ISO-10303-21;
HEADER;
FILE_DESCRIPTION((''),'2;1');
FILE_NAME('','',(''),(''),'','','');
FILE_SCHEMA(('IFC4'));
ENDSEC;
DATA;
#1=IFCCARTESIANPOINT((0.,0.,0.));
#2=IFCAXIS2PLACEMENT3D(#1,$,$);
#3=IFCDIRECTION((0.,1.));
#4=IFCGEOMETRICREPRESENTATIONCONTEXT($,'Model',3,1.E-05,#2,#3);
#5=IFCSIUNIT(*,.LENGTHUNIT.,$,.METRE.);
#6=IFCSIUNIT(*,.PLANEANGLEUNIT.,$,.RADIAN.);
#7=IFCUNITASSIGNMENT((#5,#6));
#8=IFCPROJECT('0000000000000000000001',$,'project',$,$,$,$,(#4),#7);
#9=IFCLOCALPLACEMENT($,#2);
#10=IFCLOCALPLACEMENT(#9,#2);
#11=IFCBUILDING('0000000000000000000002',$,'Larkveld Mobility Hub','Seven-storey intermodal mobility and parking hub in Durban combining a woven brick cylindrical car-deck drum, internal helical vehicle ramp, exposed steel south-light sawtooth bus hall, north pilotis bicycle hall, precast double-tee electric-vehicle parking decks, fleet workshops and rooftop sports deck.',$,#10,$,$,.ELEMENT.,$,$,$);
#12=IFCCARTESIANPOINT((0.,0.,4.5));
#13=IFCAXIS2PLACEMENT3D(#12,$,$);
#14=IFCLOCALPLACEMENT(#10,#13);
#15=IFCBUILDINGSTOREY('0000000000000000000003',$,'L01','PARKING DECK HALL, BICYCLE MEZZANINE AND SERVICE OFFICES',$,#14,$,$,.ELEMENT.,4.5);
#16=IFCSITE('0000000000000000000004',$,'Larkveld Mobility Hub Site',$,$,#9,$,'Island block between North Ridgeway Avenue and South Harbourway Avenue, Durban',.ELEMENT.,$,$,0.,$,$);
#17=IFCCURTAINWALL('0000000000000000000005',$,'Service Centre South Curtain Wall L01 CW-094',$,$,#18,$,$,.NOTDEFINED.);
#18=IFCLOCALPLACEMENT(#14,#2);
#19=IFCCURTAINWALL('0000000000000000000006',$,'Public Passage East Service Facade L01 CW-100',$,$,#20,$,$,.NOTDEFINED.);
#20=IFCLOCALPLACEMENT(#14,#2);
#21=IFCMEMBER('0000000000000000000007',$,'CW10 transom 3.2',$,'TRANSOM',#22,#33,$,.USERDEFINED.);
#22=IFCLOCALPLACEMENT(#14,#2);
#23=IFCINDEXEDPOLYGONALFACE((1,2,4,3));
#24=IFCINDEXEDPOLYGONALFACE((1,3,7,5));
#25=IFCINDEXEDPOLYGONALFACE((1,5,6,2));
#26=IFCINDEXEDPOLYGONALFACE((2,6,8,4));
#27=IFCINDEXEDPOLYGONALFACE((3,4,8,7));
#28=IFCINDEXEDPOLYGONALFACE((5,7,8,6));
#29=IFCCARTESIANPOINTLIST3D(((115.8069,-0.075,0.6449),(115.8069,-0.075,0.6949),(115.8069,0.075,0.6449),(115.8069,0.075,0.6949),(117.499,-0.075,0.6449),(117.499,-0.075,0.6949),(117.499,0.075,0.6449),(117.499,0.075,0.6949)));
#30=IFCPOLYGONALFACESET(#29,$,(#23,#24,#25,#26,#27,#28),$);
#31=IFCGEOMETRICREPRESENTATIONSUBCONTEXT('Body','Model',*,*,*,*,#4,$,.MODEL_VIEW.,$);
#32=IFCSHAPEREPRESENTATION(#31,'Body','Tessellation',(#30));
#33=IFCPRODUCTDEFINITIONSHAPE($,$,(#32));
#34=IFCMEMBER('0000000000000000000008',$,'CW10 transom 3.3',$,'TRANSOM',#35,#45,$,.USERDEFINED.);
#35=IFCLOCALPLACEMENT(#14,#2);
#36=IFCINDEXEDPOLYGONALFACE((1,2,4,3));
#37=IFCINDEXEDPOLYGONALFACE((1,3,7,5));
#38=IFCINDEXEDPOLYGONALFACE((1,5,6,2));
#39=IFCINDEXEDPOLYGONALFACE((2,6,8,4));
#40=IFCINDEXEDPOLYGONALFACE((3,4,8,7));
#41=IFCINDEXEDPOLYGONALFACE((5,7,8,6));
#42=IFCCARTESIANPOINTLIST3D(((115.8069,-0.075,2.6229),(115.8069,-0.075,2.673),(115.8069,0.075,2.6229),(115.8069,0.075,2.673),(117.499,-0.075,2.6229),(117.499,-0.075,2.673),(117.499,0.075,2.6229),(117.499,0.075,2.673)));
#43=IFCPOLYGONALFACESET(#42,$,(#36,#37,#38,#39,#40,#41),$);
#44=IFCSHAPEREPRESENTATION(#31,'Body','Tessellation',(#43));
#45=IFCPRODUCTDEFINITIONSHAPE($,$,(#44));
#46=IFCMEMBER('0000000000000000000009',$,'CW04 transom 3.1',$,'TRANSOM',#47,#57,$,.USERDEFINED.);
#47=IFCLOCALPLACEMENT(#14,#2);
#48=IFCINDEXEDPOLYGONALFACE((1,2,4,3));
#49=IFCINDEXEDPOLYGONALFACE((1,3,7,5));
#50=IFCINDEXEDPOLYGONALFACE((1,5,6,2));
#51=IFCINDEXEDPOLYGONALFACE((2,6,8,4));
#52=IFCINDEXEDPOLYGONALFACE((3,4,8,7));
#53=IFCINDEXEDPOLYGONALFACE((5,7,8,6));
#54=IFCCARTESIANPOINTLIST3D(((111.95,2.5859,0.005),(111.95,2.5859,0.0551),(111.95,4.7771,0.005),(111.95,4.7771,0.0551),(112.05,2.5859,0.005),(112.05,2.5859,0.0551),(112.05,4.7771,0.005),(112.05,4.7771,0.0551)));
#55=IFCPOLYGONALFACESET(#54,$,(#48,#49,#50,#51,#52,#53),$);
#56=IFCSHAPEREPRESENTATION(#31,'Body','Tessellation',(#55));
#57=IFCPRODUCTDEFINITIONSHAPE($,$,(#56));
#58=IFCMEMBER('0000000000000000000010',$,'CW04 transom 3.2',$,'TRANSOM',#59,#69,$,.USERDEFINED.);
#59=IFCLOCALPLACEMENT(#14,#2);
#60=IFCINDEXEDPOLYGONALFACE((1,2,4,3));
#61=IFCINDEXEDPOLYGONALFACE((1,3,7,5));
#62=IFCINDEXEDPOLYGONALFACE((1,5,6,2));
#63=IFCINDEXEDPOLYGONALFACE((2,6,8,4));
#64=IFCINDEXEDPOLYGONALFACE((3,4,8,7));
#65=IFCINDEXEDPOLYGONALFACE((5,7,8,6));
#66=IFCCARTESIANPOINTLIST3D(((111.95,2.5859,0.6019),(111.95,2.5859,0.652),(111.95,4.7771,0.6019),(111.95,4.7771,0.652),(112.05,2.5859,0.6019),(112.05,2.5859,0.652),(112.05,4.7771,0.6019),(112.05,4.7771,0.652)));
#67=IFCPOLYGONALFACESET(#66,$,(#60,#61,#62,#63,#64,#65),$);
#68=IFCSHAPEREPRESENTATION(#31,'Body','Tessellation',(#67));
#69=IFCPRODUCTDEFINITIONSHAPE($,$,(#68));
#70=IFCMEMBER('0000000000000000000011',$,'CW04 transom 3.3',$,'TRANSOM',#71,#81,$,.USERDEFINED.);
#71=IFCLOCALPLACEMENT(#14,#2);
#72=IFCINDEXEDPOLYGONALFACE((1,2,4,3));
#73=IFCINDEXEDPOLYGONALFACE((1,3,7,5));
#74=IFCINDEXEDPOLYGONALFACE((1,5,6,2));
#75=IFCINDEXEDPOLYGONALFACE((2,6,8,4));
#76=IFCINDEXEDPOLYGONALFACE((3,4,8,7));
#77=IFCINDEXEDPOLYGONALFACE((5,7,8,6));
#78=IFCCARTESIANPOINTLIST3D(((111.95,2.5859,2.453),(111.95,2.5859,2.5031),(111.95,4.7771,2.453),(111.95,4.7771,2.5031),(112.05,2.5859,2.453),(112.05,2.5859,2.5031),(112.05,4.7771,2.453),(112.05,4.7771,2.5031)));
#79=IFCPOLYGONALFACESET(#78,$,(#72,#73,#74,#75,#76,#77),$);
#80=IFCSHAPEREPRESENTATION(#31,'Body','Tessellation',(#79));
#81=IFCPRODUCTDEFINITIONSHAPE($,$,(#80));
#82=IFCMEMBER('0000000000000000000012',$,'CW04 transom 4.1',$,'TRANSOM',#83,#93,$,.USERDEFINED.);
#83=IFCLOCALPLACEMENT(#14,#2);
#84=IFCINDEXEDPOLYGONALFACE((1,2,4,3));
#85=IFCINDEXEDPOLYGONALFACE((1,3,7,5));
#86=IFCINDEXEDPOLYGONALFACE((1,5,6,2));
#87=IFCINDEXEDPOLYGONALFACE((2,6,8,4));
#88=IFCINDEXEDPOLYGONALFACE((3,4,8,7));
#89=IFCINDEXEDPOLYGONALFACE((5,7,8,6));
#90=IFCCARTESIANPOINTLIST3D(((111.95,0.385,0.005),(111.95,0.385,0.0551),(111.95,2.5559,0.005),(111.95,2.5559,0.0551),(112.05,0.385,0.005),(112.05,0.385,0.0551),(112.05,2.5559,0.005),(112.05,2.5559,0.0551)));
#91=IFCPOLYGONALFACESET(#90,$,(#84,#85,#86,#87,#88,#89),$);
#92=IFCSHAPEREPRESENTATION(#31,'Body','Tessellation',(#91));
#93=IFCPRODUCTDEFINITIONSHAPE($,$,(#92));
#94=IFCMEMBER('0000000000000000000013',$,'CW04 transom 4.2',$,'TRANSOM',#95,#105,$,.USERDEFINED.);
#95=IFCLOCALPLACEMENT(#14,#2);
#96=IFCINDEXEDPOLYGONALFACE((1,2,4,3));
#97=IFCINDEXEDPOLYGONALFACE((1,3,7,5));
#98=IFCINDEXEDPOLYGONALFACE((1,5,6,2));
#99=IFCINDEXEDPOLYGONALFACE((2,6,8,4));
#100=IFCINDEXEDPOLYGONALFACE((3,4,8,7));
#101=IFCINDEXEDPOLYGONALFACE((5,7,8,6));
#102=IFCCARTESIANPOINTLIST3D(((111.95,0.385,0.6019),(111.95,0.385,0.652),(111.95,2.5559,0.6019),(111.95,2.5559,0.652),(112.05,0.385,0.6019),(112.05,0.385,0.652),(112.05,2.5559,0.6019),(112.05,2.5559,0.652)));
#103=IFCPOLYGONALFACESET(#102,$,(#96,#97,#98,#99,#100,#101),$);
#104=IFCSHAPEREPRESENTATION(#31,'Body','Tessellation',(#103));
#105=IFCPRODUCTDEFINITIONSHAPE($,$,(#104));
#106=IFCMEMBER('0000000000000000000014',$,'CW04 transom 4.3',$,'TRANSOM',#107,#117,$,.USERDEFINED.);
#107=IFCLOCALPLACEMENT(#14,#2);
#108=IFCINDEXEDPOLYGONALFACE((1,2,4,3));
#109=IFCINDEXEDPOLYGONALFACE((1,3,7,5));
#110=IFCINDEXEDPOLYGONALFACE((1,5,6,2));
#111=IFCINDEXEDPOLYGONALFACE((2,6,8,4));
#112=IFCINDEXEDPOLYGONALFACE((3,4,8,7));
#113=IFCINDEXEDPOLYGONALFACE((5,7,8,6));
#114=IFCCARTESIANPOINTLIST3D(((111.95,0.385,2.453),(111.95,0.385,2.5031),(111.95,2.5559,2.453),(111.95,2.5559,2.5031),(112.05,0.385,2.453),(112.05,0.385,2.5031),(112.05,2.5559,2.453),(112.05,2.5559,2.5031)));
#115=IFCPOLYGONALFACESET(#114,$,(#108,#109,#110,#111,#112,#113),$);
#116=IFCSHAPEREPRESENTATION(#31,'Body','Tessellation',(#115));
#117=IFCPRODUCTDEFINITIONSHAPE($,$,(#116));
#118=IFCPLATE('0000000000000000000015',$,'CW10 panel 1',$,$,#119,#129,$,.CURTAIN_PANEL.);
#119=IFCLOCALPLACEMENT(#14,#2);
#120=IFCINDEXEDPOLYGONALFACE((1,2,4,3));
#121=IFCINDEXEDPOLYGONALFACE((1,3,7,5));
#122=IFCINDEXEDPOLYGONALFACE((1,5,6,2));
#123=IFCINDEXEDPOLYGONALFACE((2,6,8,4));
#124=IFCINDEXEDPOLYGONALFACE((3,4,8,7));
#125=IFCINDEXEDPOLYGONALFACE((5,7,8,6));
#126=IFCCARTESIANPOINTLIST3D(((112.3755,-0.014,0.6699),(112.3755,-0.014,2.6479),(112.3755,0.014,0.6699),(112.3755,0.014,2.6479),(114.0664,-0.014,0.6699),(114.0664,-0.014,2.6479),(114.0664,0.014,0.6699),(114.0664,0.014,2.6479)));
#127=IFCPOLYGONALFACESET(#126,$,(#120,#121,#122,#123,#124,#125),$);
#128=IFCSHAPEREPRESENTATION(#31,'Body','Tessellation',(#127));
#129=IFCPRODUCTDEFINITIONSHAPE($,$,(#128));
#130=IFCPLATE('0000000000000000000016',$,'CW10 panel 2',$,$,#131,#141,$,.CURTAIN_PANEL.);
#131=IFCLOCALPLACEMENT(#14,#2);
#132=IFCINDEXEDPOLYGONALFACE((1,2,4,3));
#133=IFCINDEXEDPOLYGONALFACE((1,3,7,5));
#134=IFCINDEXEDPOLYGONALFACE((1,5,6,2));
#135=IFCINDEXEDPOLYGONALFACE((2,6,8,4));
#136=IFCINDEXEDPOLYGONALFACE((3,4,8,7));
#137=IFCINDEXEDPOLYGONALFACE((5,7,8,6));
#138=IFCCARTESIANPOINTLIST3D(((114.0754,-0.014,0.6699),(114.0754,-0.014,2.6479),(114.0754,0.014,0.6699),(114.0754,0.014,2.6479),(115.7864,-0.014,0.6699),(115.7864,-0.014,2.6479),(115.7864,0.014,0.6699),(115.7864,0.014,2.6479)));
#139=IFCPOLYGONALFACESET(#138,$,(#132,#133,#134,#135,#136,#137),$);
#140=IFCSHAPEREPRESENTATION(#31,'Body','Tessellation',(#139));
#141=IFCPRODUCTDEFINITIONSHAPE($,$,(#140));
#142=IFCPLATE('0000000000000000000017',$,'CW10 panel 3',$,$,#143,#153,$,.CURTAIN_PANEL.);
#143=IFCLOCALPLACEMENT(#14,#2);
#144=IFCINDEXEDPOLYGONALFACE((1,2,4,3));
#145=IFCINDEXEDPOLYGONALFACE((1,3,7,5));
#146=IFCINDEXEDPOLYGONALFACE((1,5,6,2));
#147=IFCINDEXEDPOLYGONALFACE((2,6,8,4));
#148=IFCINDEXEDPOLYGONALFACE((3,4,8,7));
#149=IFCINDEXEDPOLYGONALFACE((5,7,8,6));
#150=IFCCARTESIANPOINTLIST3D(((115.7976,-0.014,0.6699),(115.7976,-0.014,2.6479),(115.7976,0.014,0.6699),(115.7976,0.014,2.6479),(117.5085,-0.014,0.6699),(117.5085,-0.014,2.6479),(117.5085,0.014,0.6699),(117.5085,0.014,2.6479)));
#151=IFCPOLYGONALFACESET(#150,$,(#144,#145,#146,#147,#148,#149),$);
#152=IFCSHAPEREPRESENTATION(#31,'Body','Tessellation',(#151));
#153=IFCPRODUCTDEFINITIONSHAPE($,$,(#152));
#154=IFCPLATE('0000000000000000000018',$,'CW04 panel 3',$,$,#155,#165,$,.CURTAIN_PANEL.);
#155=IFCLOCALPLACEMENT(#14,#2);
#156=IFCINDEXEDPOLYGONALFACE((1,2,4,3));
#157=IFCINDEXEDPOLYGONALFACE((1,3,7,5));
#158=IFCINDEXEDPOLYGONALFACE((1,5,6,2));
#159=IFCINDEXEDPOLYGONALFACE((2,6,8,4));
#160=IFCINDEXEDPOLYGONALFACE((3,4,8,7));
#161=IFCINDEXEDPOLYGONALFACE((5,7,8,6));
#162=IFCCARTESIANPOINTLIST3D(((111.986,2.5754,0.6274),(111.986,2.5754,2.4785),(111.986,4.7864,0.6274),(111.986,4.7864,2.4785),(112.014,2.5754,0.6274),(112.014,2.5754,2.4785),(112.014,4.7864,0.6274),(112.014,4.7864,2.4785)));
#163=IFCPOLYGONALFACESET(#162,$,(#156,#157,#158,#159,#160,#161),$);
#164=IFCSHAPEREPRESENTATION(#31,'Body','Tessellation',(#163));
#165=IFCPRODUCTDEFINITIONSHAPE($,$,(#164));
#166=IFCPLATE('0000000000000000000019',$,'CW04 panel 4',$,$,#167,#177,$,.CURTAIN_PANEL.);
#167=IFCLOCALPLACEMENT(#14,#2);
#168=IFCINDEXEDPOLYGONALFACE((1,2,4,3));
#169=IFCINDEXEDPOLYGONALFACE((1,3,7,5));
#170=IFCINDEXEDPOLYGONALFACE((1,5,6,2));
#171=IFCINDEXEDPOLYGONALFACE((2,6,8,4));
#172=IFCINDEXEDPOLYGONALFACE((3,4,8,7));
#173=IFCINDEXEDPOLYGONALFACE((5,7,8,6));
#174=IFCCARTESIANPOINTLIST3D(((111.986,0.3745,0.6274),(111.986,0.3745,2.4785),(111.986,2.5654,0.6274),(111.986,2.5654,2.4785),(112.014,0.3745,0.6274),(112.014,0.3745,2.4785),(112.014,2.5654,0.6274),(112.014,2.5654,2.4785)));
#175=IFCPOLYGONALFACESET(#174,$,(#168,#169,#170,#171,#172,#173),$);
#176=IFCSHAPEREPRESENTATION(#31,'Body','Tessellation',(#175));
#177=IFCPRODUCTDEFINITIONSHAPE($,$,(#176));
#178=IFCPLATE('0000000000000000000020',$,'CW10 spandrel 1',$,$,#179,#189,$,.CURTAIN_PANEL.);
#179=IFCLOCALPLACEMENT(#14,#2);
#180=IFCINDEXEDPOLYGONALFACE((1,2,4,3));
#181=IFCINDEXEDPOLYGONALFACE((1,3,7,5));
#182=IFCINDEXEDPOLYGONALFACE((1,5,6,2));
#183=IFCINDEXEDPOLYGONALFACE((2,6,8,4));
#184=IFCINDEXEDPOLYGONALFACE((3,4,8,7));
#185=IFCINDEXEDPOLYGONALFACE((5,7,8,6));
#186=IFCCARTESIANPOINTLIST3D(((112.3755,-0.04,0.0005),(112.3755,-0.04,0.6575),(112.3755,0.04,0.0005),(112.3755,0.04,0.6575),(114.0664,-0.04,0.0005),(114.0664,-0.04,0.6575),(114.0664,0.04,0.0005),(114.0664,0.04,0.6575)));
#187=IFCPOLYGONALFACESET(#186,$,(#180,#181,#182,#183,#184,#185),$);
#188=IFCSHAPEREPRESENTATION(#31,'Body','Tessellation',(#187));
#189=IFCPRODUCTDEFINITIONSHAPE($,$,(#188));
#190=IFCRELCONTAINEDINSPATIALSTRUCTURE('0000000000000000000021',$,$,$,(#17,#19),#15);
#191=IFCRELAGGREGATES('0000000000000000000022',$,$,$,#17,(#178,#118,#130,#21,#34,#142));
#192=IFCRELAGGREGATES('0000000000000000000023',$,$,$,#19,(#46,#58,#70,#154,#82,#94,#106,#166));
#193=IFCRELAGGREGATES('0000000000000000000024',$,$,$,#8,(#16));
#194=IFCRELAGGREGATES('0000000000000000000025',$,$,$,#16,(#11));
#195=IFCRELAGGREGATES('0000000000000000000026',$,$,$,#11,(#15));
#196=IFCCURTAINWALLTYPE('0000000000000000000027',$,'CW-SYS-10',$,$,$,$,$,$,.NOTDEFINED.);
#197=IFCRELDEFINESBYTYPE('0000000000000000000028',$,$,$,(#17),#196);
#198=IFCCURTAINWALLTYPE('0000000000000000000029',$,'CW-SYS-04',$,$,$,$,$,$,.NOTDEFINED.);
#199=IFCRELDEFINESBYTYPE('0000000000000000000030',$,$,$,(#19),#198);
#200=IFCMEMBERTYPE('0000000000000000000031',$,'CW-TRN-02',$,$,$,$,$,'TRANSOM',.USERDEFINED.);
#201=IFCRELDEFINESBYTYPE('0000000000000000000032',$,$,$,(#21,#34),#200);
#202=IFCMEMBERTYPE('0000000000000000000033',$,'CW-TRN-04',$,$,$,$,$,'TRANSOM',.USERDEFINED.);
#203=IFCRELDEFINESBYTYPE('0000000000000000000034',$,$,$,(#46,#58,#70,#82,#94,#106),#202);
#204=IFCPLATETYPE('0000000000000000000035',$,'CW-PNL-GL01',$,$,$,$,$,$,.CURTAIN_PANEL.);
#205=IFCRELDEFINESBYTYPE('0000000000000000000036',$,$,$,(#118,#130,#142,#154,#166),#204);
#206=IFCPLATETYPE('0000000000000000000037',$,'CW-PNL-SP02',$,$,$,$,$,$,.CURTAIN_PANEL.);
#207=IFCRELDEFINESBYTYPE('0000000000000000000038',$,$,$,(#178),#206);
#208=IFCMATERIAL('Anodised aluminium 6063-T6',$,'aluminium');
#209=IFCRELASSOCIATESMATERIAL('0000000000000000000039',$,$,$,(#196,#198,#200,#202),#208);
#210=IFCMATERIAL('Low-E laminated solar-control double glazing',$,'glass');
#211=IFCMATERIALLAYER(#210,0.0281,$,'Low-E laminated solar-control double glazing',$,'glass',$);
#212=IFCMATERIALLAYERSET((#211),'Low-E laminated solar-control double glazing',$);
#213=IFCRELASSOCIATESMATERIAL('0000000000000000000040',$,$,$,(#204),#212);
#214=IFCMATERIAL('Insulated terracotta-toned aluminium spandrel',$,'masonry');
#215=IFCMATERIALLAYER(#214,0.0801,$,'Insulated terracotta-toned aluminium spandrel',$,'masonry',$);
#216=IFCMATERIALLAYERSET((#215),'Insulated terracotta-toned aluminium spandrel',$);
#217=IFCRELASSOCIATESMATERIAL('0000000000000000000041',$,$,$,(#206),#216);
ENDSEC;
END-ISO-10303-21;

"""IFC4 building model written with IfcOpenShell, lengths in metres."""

from ifc_helpers import new_model, si_unit, direction, frame, origin, origin_2d, place, context, subcontext, project, spatial, rectangle, extrude, material, layer, layer_set, material_profile, profile_set, type_object, element, aggregate, save


model = new_model("IFC4")

# Units and contexts
model_context = context("Model", 3, precision=1e-05, world=origin(), true_north=direction((0.0, 1.0)))
body_context = subcontext(model_context, "Body", "Model", "MODEL_VIEW")
ifc_project = project(units=[si_unit("LENGTHUNIT", "METRE"), si_unit("PLANEANGLEUNIT", "RADIAN")], contexts=[model_context])

# Site, building, storey
site_placement = place(None, origin())
site = spatial("IfcSite", under=ifc_project, at=site_placement, Name="Larkveld Mobility Hub Site", LongName="Island block between North Ridgeway Avenue and South Harbourway Avenue, Durban", CompositionType="ELEMENT", RefElevation=0.0)
building_placement = place(site_placement, origin())
building = spatial("IfcBuilding", under=site, at=building_placement, Name="Larkveld Mobility Hub", Description="Seven-storey intermodal mobility and parking hub in Durban combining a woven brick cylindrical car-deck drum, internal helical vehicle ramp, exposed steel south-light sawtooth bus hall, north pilotis bicycle hall, precast double-tee electric-vehicle parking decks, fleet workshops and rooftop sports deck.", CompositionType="ELEMENT")
storey_placement = place(building_placement, frame((0.0, 0.0, 4.5)))
storey = spatial("IfcBuildingStorey", under=building, at=storey_placement, Name="L01", Description="PARKING DECK HALL, BICYCLE MEZZANINE AND SERVICE OFFICES", CompositionType="ELEMENT", Elevation=4.5)

# Curtain walls
ifc_material_1 = material(Name="Anodised aluminium 6063-T6", Category="aluminium")
curtain_wall_type_1 = type_object("IfcCurtainWallType", Name="CW-SYS-10", PredefinedType="NOTDEFINED", material=ifc_material_1)
curtain_wall_1_placement = place(storey_placement, origin())
curtain_wall_1 = element("IfcCurtainWall", 1, at=curtain_wall_1_placement, inside=storey, type_object=curtain_wall_type_1, Name="Service Centre South Curtain Wall L01 CW-094", PredefinedType="NOTDEFINED")
curtain_wall_type_2 = type_object("IfcCurtainWallType", Name="CW-SYS-04", PredefinedType="NOTDEFINED", material=ifc_material_1)
curtain_wall_2_placement = place(storey_placement, origin())
curtain_wall_2 = element("IfcCurtainWall", 2, at=curtain_wall_2_placement, inside=storey, type_object=curtain_wall_type_2, Name="Public Passage East Service Facade L01 CW-100", PredefinedType="NOTDEFINED")

# Members
ifc_material_profile_1 = material_profile(ifc_material_1, rectangle(XDim=0.1499, YDim=0.05, at=origin_2d()), Name="ALU TRAN 50x150")
ifc_profile_set_1 = profile_set([ifc_material_profile_1], Name="Anodised aluminium 6063-T6")
member_type_1 = type_object("IfcMemberType", Name="CW-TRN-02", ElementType="TRANSOM", PredefinedType="USERDEFINED", material=ifc_profile_set_1)
member_1_placement = place(storey_placement, frame((115.8069, 0.0, 0.6699), z_axis=(1.0, 0.0, 0.0), x_axis=(0.0, 1.0, 0.0)))
member_1 = element("IfcMember", 3, at=member_1_placement, type_object=member_type_1, Name="CW10 transom 3.2", ObjectType="TRANSOM", PredefinedType="USERDEFINED", context=body_context, shape_type="SweptSolid", body=[
    extrude(rectangle(XDim=0.1499, YDim=0.05, at=origin_2d()), origin(), (0.0, 0.0, 1.0), 1.6921),
])
member_2_placement = place(storey_placement, frame((115.8069, 0.0, 2.6479), z_axis=(1.0, 0.0, 0.0), x_axis=(0.0, 1.0, 0.0)))
member_2 = element("IfcMember", 4, at=member_2_placement, type_object=member_type_1, Name="CW10 transom 3.3", ObjectType="TRANSOM", PredefinedType="USERDEFINED", context=body_context, shape_type="SweptSolid", body=[
    extrude(rectangle(XDim=0.1499, YDim=0.05, at=origin_2d()), origin(), (0.0, 0.0, 1.0), 1.6921),
])
ifc_material_profile_2 = material_profile(ifc_material_1, rectangle(XDim=0.1001, YDim=0.05, at=origin_2d()), Name="ALU TRAN 50x100")
ifc_profile_set_2 = profile_set([ifc_material_profile_2], Name="Anodised aluminium 6063-T6")
member_type_2 = type_object("IfcMemberType", Name="CW-TRN-04", ElementType="TRANSOM", PredefinedType="USERDEFINED", material=ifc_profile_set_2)
member_3_placement = place(storey_placement, frame((112.0, 4.7771, 0.03), z_axis=(0.0, -1.0, 0.0), x_axis=(1.0, 0.0, 0.0)))
member_3 = element("IfcMember", 5, at=member_3_placement, type_object=member_type_2, Name="CW04 transom 3.1", ObjectType="TRANSOM", PredefinedType="USERDEFINED", context=body_context, shape_type="SweptSolid", body=[
    extrude(rectangle(XDim=0.1001, YDim=0.05, at=origin_2d()), origin(), (0.0, 0.0, 1.0), 2.1912),
])
member_4_placement = place(storey_placement, frame((112.0, 4.7771, 0.627), z_axis=(0.0, -1.0, 0.0), x_axis=(1.0, 0.0, 0.0)))
member_4 = element("IfcMember", 6, at=member_4_placement, type_object=member_type_2, Name="CW04 transom 3.2", ObjectType="TRANSOM", PredefinedType="USERDEFINED", context=body_context, shape_type="SweptSolid", body=[
    extrude(rectangle(XDim=0.1001, YDim=0.05, at=origin_2d()), origin(), (0.0, 0.0, 1.0), 2.1912),
])
member_5_placement = place(storey_placement, frame((112.0, 4.7771, 2.478), z_axis=(0.0, -1.0, 0.0), x_axis=(1.0, 0.0, 0.0)))
member_5 = element("IfcMember", 7, at=member_5_placement, type_object=member_type_2, Name="CW04 transom 3.3", ObjectType="TRANSOM", PredefinedType="USERDEFINED", context=body_context, shape_type="SweptSolid", body=[
    extrude(rectangle(XDim=0.1001, YDim=0.05, at=origin_2d()), origin(), (0.0, 0.0, 1.0), 2.1912),
])
member_6_placement = place(storey_placement, frame((112.0, 2.5559, 0.03), z_axis=(0.0, -1.0, 0.0), x_axis=(1.0, 0.0, 0.0)))
member_6 = element("IfcMember", 8, at=member_6_placement, type_object=member_type_2, Name="CW04 transom 4.1", ObjectType="TRANSOM", PredefinedType="USERDEFINED", context=body_context, shape_type="SweptSolid", body=[
    extrude(rectangle(XDim=0.1001, YDim=0.05, at=origin_2d()), origin(), (0.0, 0.0, 1.0), 2.1709),
])
member_7_placement = place(storey_placement, frame((112.0, 2.5559, 0.627), z_axis=(0.0, -1.0, 0.0), x_axis=(1.0, 0.0, 0.0)))
member_7 = element("IfcMember", 9, at=member_7_placement, type_object=member_type_2, Name="CW04 transom 4.2", ObjectType="TRANSOM", PredefinedType="USERDEFINED", context=body_context, shape_type="SweptSolid", body=[
    extrude(rectangle(XDim=0.1001, YDim=0.05, at=origin_2d()), origin(), (0.0, 0.0, 1.0), 2.1709),
])
member_8_placement = place(storey_placement, frame((112.0, 2.5559, 2.478), z_axis=(0.0, -1.0, 0.0), x_axis=(1.0, 0.0, 0.0)))
member_8 = element("IfcMember", 10, at=member_8_placement, type_object=member_type_2, Name="CW04 transom 4.3", ObjectType="TRANSOM", PredefinedType="USERDEFINED", context=body_context, shape_type="SweptSolid", body=[
    extrude(rectangle(XDim=0.1001, YDim=0.05, at=origin_2d()), origin(), (0.0, 0.0, 1.0), 2.1709),
])

# Plates
ifc_material_2 = material(Name="Low-E laminated solar-control double glazing", Category="glass")
ifc_layer_1 = layer(ifc_material_2, 0.0281, Name="Low-E laminated solar-control double glazing", Category="glass")
ifc_layer_set_1 = layer_set([ifc_layer_1], Name="Low-E laminated solar-control double glazing")
plate_type_1 = type_object("IfcPlateType", Name="CW-PNL-GL01", PredefinedType="CURTAIN_PANEL", material=ifc_layer_set_1)
plate_1_placement = place(storey_placement, frame((113.2209, 0.0, 0.6699), z_axis=(0.0, 0.0, 1.0), x_axis=(1.0, 0.0, 0.0)))
plate_1 = element("IfcPlate", 11, at=plate_1_placement, type_object=plate_type_1, Name="CW10 panel 1", PredefinedType="CURTAIN_PANEL", context=body_context, shape_type="SweptSolid", body=[
    extrude(rectangle(XDim=1.6909, YDim=0.0281, at=origin_2d()), origin(), (0.0, 0.0, 1.0), 1.978),
])
plate_2_placement = place(storey_placement, frame((114.9309, 0.0, 0.6699), z_axis=(0.0, 0.0, 1.0), x_axis=(1.0, 0.0, 0.0)))
plate_2 = element("IfcPlate", 12, at=plate_2_placement, type_object=plate_type_1, Name="CW10 panel 2", PredefinedType="CURTAIN_PANEL", context=body_context, shape_type="SweptSolid", body=[
    extrude(rectangle(XDim=1.7109, YDim=0.0281, at=origin_2d()), origin(), (0.0, 0.0, 1.0), 1.978),
])
plate_3_placement = place(storey_placement, frame((116.6531, 0.0, 0.6699), z_axis=(0.0, 0.0, 1.0), x_axis=(1.0, 0.0, 0.0)))
plate_3 = element("IfcPlate", 13, at=plate_3_placement, type_object=plate_type_1, Name="CW10 panel 3", PredefinedType="CURTAIN_PANEL", context=body_context, shape_type="SweptSolid", body=[
    extrude(rectangle(XDim=1.7109, YDim=0.0281, at=origin_2d()), origin(), (0.0, 0.0, 1.0), 1.978),
])
plate_4_placement = place(storey_placement, frame((112.0, 3.6809, 0.6274), z_axis=(0.0, 0.0, 1.0), x_axis=(0.0, -1.0, 0.0)))
plate_4 = element("IfcPlate", 14, at=plate_4_placement, type_object=plate_type_1, Name="CW04 panel 3", PredefinedType="CURTAIN_PANEL", context=body_context, shape_type="SweptSolid", body=[
    extrude(rectangle(XDim=2.2109, YDim=0.0281, at=origin_2d()), origin(), (0.0, 0.0, 1.0), 1.8511),
])
plate_5_placement = place(storey_placement, frame((112.0, 1.47, 0.6274), z_axis=(0.0, 0.0, 1.0), x_axis=(0.0, -1.0, 0.0)))
plate_5 = element("IfcPlate", 15, at=plate_5_placement, type_object=plate_type_1, Name="CW04 panel 4", PredefinedType="CURTAIN_PANEL", context=body_context, shape_type="SweptSolid", body=[
    extrude(rectangle(XDim=2.1909, YDim=0.0281, at=origin_2d()), origin(), (0.0, 0.0, 1.0), 1.8511),
])
ifc_material_3 = material(Name="Insulated terracotta-toned aluminium spandrel", Category="masonry")
ifc_layer_2 = layer(ifc_material_3, 0.0801, Name="Insulated terracotta-toned aluminium spandrel", Category="masonry")
ifc_layer_set_2 = layer_set([ifc_layer_2], Name="Insulated terracotta-toned aluminium spandrel")
plate_type_2 = type_object("IfcPlateType", Name="CW-PNL-SP02", PredefinedType="CURTAIN_PANEL", material=ifc_layer_set_2)
plate_6_placement = place(storey_placement, frame((113.2209, 0.0, 0.0005), z_axis=(0.0, 0.0, 1.0), x_axis=(1.0, 0.0, 0.0)))
plate_6 = element("IfcPlate", 16, at=plate_6_placement, type_object=plate_type_2, Name="CW10 spandrel 1", PredefinedType="CURTAIN_PANEL", context=body_context, shape_type="SweptSolid", body=[
    extrude(rectangle(XDim=1.6909, YDim=0.0801, at=origin_2d()), origin(), (0.0, 0.0, 1.0), 0.657),
])
aggregate(curtain_wall_1, [plate_6, plate_1, plate_2, member_1, member_2, plate_3])
aggregate(curtain_wall_2, [member_3, member_4, member_5, plate_4, member_6, member_7, member_8, plate_5])

save(model, "model.ifc")
